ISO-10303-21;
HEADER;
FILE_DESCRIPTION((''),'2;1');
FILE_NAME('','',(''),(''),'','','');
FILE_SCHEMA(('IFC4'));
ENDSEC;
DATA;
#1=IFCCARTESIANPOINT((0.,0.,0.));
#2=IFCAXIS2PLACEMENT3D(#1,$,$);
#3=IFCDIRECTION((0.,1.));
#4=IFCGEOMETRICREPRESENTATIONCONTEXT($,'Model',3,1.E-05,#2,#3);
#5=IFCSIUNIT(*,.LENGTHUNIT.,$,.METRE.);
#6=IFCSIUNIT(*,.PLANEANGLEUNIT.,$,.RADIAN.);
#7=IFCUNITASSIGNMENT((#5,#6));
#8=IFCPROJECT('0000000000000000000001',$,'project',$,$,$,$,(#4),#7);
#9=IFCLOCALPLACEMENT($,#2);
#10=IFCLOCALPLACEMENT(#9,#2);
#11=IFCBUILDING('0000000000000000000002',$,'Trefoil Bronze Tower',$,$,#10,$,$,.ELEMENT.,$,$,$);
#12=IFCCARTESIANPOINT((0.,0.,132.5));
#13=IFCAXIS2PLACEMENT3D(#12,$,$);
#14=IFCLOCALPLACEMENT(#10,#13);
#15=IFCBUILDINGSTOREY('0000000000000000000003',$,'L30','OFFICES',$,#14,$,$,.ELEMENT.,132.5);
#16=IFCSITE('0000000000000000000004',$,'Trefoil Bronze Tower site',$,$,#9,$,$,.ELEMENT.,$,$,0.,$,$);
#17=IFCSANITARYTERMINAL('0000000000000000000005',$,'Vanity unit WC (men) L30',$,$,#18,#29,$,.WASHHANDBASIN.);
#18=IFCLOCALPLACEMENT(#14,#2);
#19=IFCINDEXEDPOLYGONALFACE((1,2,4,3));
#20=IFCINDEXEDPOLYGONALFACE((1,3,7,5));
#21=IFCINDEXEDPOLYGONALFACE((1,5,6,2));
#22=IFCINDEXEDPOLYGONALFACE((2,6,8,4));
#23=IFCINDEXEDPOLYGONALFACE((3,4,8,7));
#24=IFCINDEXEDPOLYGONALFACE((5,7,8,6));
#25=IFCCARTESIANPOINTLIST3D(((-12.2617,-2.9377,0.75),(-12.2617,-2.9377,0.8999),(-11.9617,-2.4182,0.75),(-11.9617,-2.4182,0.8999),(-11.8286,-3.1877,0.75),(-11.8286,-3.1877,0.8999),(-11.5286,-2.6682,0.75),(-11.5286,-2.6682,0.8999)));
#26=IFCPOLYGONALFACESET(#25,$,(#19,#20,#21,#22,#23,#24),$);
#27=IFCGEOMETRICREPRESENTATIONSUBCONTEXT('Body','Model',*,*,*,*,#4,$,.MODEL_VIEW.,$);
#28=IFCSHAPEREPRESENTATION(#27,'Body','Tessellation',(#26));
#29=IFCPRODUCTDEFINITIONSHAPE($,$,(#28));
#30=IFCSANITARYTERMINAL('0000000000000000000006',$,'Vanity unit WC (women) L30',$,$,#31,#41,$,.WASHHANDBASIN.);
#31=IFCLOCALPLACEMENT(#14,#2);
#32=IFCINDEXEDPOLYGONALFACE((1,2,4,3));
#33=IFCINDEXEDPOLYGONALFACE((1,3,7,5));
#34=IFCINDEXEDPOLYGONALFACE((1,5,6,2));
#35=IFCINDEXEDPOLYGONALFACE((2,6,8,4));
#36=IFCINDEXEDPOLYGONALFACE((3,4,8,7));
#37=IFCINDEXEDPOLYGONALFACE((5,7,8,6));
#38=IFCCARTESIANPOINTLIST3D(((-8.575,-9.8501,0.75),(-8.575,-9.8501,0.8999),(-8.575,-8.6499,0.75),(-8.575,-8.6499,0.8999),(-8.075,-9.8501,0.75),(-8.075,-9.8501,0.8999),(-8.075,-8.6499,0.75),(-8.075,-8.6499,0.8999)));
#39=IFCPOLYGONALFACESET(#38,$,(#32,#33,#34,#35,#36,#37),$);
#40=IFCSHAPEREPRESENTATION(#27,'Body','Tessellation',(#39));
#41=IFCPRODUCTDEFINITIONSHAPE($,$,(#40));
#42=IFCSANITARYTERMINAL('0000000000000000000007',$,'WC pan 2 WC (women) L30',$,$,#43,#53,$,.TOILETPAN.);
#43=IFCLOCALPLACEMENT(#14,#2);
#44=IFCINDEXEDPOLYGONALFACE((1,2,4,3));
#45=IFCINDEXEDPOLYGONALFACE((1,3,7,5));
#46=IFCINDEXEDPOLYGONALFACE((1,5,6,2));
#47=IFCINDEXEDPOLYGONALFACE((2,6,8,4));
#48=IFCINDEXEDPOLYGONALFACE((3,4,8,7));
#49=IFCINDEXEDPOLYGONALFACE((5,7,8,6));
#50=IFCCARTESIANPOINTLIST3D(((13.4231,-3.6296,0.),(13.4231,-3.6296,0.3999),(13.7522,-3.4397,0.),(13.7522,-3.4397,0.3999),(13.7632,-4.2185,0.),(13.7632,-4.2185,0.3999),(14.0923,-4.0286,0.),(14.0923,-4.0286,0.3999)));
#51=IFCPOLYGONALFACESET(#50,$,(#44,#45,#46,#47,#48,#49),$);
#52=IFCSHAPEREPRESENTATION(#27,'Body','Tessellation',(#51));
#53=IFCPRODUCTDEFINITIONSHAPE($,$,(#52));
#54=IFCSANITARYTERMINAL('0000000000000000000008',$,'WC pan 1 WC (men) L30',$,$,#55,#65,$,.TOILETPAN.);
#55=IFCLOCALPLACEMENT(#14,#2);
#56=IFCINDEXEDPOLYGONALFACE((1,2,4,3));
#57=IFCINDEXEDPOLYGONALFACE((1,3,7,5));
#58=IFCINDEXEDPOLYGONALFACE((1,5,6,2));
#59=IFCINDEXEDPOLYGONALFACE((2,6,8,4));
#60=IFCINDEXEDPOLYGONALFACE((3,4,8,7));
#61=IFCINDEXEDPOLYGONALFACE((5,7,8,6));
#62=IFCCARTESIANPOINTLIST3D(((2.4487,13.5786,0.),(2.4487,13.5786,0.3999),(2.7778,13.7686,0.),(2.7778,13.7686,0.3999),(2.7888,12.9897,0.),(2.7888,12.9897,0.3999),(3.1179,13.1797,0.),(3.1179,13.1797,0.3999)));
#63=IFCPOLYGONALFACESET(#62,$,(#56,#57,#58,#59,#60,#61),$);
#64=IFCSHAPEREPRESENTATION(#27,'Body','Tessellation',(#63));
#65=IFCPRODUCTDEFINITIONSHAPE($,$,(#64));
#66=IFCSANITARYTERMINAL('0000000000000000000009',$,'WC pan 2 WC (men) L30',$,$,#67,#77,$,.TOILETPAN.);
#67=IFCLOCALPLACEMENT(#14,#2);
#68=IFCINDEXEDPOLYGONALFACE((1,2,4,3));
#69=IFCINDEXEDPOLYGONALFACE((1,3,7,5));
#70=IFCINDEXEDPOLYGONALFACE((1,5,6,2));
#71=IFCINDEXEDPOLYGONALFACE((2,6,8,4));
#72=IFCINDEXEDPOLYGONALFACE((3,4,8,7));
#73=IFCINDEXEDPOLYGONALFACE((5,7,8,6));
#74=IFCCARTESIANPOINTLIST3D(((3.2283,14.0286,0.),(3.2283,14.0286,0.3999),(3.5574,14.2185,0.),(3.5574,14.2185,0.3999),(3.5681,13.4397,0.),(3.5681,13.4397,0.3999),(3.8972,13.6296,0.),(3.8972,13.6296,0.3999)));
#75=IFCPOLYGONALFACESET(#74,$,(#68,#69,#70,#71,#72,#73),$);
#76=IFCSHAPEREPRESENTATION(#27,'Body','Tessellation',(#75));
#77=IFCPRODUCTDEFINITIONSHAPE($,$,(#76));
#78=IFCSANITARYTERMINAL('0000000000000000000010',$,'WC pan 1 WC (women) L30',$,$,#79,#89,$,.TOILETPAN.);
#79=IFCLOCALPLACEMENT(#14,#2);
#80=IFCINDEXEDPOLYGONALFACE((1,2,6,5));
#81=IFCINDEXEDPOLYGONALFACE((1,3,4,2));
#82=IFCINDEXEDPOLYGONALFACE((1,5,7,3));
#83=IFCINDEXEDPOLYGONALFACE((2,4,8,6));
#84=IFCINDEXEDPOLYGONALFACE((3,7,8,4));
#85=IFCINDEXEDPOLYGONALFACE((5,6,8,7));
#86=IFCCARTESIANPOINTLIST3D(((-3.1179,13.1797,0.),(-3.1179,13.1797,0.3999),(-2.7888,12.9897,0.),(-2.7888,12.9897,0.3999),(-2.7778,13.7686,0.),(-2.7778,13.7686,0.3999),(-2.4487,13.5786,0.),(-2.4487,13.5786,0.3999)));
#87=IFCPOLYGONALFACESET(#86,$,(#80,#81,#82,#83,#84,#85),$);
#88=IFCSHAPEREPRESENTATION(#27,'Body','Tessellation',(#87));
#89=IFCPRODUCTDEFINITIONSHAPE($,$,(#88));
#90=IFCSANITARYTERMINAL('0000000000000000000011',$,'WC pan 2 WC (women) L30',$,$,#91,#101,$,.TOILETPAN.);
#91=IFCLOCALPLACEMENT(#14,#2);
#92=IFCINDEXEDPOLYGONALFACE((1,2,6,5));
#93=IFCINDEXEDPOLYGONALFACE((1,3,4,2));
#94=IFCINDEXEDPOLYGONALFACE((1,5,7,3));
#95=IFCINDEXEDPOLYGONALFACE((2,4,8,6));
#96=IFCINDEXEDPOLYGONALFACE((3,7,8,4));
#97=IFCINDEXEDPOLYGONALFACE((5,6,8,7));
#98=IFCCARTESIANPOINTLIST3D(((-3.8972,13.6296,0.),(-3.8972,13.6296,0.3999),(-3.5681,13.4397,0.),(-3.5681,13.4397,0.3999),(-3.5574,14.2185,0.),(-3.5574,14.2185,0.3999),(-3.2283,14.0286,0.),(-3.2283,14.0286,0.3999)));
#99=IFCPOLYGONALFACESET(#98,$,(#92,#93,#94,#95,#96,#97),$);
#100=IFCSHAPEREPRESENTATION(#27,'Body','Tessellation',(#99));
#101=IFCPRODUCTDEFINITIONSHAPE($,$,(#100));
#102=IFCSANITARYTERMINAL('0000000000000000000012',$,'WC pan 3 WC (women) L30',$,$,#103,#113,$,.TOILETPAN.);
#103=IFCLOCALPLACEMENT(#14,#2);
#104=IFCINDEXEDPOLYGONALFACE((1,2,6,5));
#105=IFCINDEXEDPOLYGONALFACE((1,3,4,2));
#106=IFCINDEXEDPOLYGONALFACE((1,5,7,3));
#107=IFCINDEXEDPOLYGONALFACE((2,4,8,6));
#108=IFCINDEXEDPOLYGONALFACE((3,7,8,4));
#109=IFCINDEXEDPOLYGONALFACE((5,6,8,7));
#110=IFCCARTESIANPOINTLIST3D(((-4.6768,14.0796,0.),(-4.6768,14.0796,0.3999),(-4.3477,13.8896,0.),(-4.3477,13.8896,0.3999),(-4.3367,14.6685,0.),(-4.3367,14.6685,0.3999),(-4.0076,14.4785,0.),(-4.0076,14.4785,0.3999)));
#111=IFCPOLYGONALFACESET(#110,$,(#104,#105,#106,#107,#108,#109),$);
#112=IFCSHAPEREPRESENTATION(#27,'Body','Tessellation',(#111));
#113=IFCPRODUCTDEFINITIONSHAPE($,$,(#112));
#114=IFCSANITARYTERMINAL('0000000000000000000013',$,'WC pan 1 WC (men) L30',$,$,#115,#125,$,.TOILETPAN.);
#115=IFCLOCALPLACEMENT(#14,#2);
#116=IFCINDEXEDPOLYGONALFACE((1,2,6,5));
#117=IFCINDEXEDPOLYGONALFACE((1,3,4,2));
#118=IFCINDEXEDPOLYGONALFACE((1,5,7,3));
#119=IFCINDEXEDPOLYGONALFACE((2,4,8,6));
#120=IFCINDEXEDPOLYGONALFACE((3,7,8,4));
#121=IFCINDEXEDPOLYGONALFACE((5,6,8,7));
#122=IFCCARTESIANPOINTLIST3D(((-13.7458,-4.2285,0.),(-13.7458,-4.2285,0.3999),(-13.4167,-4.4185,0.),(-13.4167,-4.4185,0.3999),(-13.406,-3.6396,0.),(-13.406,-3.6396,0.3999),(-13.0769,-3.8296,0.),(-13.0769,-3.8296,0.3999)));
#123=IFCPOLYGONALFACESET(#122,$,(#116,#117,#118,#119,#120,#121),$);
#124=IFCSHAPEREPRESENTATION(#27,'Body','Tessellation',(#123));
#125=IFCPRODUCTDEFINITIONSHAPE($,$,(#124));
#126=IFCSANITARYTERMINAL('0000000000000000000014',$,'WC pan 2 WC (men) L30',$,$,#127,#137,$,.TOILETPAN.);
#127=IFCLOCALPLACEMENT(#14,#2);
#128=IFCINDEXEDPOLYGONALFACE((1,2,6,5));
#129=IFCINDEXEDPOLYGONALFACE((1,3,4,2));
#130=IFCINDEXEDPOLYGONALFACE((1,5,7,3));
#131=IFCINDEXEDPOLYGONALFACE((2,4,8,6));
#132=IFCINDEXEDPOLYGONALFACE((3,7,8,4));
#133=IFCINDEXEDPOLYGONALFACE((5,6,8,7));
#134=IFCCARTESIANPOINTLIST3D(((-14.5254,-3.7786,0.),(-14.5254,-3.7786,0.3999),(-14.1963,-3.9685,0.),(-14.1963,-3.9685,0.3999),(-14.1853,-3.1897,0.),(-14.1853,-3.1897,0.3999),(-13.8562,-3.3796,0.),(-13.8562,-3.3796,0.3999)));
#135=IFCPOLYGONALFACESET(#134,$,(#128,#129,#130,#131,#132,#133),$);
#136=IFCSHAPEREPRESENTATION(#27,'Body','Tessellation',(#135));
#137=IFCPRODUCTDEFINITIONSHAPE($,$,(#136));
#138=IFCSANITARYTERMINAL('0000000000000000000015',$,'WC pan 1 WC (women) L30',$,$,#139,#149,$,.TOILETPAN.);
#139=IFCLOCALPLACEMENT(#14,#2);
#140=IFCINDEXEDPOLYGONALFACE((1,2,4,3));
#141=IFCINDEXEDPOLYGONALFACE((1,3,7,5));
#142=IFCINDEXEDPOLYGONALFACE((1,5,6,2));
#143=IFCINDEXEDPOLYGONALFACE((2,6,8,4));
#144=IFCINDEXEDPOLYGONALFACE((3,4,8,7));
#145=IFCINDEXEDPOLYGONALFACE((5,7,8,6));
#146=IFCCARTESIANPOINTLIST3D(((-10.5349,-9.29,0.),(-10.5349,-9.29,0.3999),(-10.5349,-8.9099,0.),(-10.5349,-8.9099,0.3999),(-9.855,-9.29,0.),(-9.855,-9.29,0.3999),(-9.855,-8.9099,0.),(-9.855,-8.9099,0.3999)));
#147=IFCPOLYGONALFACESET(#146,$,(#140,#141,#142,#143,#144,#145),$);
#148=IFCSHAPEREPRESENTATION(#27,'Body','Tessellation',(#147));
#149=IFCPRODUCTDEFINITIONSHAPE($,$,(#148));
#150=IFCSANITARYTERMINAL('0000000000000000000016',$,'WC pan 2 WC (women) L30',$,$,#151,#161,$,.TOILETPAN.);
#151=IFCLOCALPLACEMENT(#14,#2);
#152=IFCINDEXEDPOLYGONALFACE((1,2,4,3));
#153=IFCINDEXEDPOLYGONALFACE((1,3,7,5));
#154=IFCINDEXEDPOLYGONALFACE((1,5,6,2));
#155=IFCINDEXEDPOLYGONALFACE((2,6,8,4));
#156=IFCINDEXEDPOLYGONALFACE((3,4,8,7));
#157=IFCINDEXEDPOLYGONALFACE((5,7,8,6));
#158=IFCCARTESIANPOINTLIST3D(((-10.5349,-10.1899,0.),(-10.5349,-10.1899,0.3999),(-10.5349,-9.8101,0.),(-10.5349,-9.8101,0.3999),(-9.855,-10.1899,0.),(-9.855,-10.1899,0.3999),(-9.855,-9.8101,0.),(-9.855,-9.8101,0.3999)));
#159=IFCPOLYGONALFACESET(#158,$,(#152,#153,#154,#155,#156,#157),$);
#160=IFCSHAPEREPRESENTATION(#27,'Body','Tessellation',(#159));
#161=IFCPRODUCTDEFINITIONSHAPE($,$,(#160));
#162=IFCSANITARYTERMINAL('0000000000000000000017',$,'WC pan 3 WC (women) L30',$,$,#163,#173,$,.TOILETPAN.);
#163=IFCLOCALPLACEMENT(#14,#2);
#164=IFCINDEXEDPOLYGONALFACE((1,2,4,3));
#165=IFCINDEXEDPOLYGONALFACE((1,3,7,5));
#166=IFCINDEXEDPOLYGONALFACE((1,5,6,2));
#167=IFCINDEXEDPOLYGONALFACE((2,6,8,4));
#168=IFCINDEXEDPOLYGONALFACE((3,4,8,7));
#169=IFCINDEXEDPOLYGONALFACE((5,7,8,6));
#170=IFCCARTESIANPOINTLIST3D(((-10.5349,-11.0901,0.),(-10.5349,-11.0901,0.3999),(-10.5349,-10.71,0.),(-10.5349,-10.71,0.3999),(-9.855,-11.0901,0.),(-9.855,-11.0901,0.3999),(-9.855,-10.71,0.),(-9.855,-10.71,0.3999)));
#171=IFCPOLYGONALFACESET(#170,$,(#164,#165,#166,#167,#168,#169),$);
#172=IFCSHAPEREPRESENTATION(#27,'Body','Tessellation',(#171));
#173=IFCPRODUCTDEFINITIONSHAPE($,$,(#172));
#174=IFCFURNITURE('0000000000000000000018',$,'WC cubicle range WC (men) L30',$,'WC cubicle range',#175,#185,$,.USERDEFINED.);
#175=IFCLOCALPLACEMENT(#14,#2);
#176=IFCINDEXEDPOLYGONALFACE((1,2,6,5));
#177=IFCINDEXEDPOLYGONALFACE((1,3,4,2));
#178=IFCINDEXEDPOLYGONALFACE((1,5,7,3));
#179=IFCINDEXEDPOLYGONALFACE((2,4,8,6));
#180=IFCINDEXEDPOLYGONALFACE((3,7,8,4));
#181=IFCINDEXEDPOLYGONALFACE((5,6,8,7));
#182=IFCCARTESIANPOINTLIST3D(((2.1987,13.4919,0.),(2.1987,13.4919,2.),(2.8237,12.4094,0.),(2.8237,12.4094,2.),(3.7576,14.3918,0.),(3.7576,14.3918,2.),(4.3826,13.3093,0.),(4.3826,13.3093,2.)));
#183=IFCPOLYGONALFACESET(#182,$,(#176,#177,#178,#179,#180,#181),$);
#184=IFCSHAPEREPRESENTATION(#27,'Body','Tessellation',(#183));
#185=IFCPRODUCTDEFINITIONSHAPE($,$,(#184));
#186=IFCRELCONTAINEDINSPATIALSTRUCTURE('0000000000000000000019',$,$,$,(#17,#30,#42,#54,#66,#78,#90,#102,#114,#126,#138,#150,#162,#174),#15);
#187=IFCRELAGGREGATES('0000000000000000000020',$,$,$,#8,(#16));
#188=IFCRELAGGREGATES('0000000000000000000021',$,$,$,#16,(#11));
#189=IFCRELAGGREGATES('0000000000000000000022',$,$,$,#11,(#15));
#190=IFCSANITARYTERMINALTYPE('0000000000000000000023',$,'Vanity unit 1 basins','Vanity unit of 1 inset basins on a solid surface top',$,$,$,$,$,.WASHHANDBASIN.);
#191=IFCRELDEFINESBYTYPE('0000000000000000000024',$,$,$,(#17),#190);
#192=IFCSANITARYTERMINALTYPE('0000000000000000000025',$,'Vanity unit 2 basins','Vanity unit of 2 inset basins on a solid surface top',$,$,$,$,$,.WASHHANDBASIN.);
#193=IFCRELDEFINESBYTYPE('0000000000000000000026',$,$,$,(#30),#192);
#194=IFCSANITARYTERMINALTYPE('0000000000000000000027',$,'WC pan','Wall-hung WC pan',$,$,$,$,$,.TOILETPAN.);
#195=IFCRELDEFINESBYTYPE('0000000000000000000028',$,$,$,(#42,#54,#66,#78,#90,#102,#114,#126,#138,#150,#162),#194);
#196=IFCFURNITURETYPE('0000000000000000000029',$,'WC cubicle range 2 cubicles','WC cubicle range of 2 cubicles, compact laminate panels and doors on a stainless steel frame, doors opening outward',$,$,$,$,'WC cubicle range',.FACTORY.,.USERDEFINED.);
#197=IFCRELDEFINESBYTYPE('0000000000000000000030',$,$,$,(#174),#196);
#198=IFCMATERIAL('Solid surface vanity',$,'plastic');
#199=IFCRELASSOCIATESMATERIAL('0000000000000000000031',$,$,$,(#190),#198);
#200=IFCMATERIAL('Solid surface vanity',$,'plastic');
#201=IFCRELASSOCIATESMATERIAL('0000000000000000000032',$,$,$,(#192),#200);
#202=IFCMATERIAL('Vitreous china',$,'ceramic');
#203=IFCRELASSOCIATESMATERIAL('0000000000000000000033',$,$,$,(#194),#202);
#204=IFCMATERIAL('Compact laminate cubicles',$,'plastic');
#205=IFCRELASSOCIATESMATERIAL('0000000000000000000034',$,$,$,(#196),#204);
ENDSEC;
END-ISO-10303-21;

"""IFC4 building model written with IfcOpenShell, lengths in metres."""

from ifc_helpers import new_model, si_unit, direction, frame, origin, place, context, subcontext, project, spatial, polyline, outline, extrude, material, type_object, element, save


model = new_model("IFC4")

# Units and contexts
model_context = context("Model", 3, precision=1e-05, world=origin(), true_north=direction((0.0, 1.0)))
body_context = subcontext(model_context, "Body", "Model", "MODEL_VIEW")
ifc_project = project(units=[si_unit("LENGTHUNIT", "METRE"), si_unit("PLANEANGLEUNIT", "RADIAN")], contexts=[model_context])

# Site, building, storey
site_placement = place(None, origin())
site = spatial("IfcSite", under=ifc_project, at=site_placement, Name="Trefoil Bronze Tower site", CompositionType="ELEMENT", RefElevation=0.0)
building_placement = place(site_placement, origin())
building = spatial("IfcBuilding", under=site, at=building_placement, Name="Trefoil Bronze Tower", CompositionType="ELEMENT")
storey_placement = place(building_placement, frame((0.0, 0.0, 132.5)))
storey = spatial("IfcBuildingStorey", under=building, at=storey_placement, Name="L30", Description="OFFICES", CompositionType="ELEMENT", Elevation=132.5)

# Sanitary terminals
ifc_material_1 = material(Name="Solid surface vanity", Category="plastic")
sanitary_terminal_type_1 = type_object("IfcSanitaryTerminalType", Name="Vanity unit 1 basins", Description="Vanity unit of 1 inset basins on a solid surface top", PredefinedType="WASHHANDBASIN", material=ifc_material_1)
sanitary_terminal_1_placement = place(storey_placement, frame((0.0, 0.0, 0.75)))
element("IfcSanitaryTerminal", 1, at=sanitary_terminal_1_placement, inside=storey, type_object=sanitary_terminal_type_1, Name="Vanity unit WC (men) L30", PredefinedType="WASHHANDBASIN", context=body_context, shape_type="SweptSolid", body=[
    extrude(outline(polyline([(-11.5286, -2.6682), (-11.8286, -3.1877), (-12.2617, -2.9377), (-11.9617, -2.4182), (-11.5286, -2.6682)])), origin(), (0.0, 0.0, 1.0), 0.1499),
])
ifc_material_2 = material(Name="Solid surface vanity", Category="plastic")
sanitary_terminal_type_2 = type_object("IfcSanitaryTerminalType", Name="Vanity unit 2 basins", Description="Vanity unit of 2 inset basins on a solid surface top", PredefinedType="WASHHANDBASIN", material=ifc_material_2)
sanitary_terminal_2_placement = place(storey_placement, frame((0.0, 0.0, 0.75)))
element("IfcSanitaryTerminal", 2, at=sanitary_terminal_2_placement, inside=storey, type_object=sanitary_terminal_type_2, Name="Vanity unit WC (women) L30", PredefinedType="WASHHANDBASIN", context=body_context, shape_type="SweptSolid", body=[
    extrude(outline(polyline([(-8.075, -8.6499), (-8.575, -8.6499), (-8.575, -9.8501), (-8.075, -9.8501), (-8.075, -8.6499)])), origin(), (0.0, 0.0, 1.0), 0.1499),
])
ifc_material_3 = material(Name="Vitreous china", Category="ceramic")
sanitary_terminal_type_3 = type_object("IfcSanitaryTerminalType", Name="WC pan", Description="Wall-hung WC pan", PredefinedType="TOILETPAN", material=ifc_material_3)
sanitary_terminal_3_placement = place(storey_placement, origin())
element("IfcSanitaryTerminal", 3, at=sanitary_terminal_3_placement, inside=storey, type_object=sanitary_terminal_type_3, Name="WC pan 2 WC (women) L30", PredefinedType="TOILETPAN", context=body_context, shape_type="SweptSolid", body=[
    extrude(outline(polyline([(13.4231, -3.6296), (13.7632, -4.2185), (14.0923, -4.0286), (13.7522, -3.4397), (13.4231, -3.6296)])), origin(), (0.0, 0.0, 1.0), 0.3999),
])
sanitary_terminal_4_placement = place(storey_placement, origin())
element("IfcSanitaryTerminal", 4, at=sanitary_terminal_4_placement, inside=storey, type_object=sanitary_terminal_type_3, Name="WC pan 1 WC (men) L30", PredefinedType="TOILETPAN", context=body_context, shape_type="SweptSolid", body=[
    extrude(outline(polyline([(2.7888, 12.9897), (2.4487, 13.5786), (2.7778, 13.7686), (3.1179, 13.1797), (2.7888, 12.9897)])), origin(), (0.0, 0.0, 1.0), 0.3999),
])
sanitary_terminal_5_placement = place(storey_placement, origin())
element("IfcSanitaryTerminal", 5, at=sanitary_terminal_5_placement, inside=storey, type_object=sanitary_terminal_type_3, Name="WC pan 2 WC (men) L30", PredefinedType="TOILETPAN", context=body_context, shape_type="SweptSolid", body=[
    extrude(outline(polyline([(3.5681, 13.4397), (3.2283, 14.0286), (3.5574, 14.2185), (3.8972, 13.6296), (3.5681, 13.4397)])), origin(), (0.0, 0.0, 1.0), 0.3999),
])
sanitary_terminal_6_placement = place(storey_placement, origin())
element("IfcSanitaryTerminal", 6, at=sanitary_terminal_6_placement, inside=storey, type_object=sanitary_terminal_type_3, Name="WC pan 1 WC (women) L30", PredefinedType="TOILETPAN", context=body_context, shape_type="SweptSolid", body=[
    extrude(outline(polyline([(-2.7888, 12.9897), (-2.4487, 13.5786), (-2.7778, 13.7686), (-3.1179, 13.1797), (-2.7888, 12.9897)])), origin(), (0.0, 0.0, 1.0), 0.3999),
])
sanitary_terminal_7_placement = place(storey_placement, origin())
element("IfcSanitaryTerminal", 7, at=sanitary_terminal_7_placement, inside=storey, type_object=sanitary_terminal_type_3, Name="WC pan 2 WC (women) L30", PredefinedType="TOILETPAN", context=body_context, shape_type="SweptSolid", body=[
    extrude(outline(polyline([(-3.5681, 13.4397), (-3.2283, 14.0286), (-3.5574, 14.2185), (-3.8972, 13.6296), (-3.5681, 13.4397)])), origin(), (0.0, 0.0, 1.0), 0.3999),
])
sanitary_terminal_8_placement = place(storey_placement, origin())
element("IfcSanitaryTerminal", 8, at=sanitary_terminal_8_placement, inside=storey, type_object=sanitary_terminal_type_3, Name="WC pan 3 WC (women) L30", PredefinedType="TOILETPAN", context=body_context, shape_type="SweptSolid", body=[
    extrude(outline(polyline([(-4.3477, 13.8896), (-4.0076, 14.4785), (-4.3367, 14.6685), (-4.6768, 14.0796), (-4.3477, 13.8896)])), origin(), (0.0, 0.0, 1.0), 0.3999),
])
sanitary_terminal_9_placement = place(storey_placement, origin())
element("IfcSanitaryTerminal", 9, at=sanitary_terminal_9_placement, inside=storey, type_object=sanitary_terminal_type_3, Name="WC pan 1 WC (men) L30", PredefinedType="TOILETPAN", context=body_context, shape_type="SweptSolid", body=[
    extrude(outline(polyline([(-13.0769, -3.8296), (-13.4167, -4.4185), (-13.7458, -4.2285), (-13.406, -3.6396), (-13.0769, -3.8296)])), origin(), (0.0, 0.0, 1.0), 0.3999),
])
sanitary_terminal_10_placement = place(storey_placement, origin())
element("IfcSanitaryTerminal", 10, at=sanitary_terminal_10_placement, inside=storey, type_object=sanitary_terminal_type_3, Name="WC pan 2 WC (men) L30", PredefinedType="TOILETPAN", context=body_context, shape_type="SweptSolid", body=[
    extrude(outline(polyline([(-13.8562, -3.3796), (-14.1963, -3.9685), (-14.5254, -3.7786), (-14.1853, -3.1897), (-13.8562, -3.3796)])), origin(), (0.0, 0.0, 1.0), 0.3999),
])
sanitary_terminal_11_placement = place(storey_placement, origin())
element("IfcSanitaryTerminal", 11, at=sanitary_terminal_11_placement, inside=storey, type_object=sanitary_terminal_type_3, Name="WC pan 1 WC (women) L30", PredefinedType="TOILETPAN", context=body_context, shape_type="SweptSolid", body=[
    extrude(outline(polyline([(-9.855, -8.9099), (-10.5349, -8.9099), (-10.5349, -9.29), (-9.855, -9.29), (-9.855, -8.9099)])), origin(), (0.0, 0.0, 1.0), 0.3999),
])
sanitary_terminal_12_placement = place(storey_placement, origin())
element("IfcSanitaryTerminal", 12, at=sanitary_terminal_12_placement, inside=storey, type_object=sanitary_terminal_type_3, Name="WC pan 2 WC (women) L30", PredefinedType="TOILETPAN", context=body_context, shape_type="SweptSolid", body=[
    extrude(outline(polyline([(-9.855, -9.8101), (-10.5349, -9.8101), (-10.5349, -10.1899), (-9.855, -10.1899), (-9.855, -9.8101)])), origin(), (0.0, 0.0, 1.0), 0.3999),
])
sanitary_terminal_13_placement = place(storey_placement, origin())
element("IfcSanitaryTerminal", 13, at=sanitary_terminal_13_placement, inside=storey, type_object=sanitary_terminal_type_3, Name="WC pan 3 WC (women) L30", PredefinedType="TOILETPAN", context=body_context, shape_type="SweptSolid", body=[
    extrude(outline(polyline([(-9.855, -10.71), (-10.5349, -10.71), (-10.5349, -11.0901), (-9.855, -11.0901), (-9.855, -10.71)])), origin(), (0.0, 0.0, 1.0), 0.3999),
])

# Furniture
ifc_material_4 = material(Name="Compact laminate cubicles", Category="plastic")
furniture_type_1 = type_object("IfcFurnitureType", Name="WC cubicle range 2 cubicles", Description="WC cubicle range of 2 cubicles, compact laminate panels and doors on a stainless steel frame, doors opening outward", ElementType="WC cubicle range", AssemblyPlace="FACTORY", PredefinedType="USERDEFINED", material=ifc_material_4)
furniture_1_placement = place(storey_placement, origin())
element("IfcFurniture", 14, at=furniture_1_placement, inside=storey, type_object=furniture_type_1, Name="WC cubicle range WC (men) L30", ObjectType="WC cubicle range", PredefinedType="USERDEFINED", context=body_context, shape_type="SweptSolid", body=[
    extrude(outline(polyline([(2.8237, 12.4094), (2.1987, 13.4919), (3.7576, 14.3918), (4.3826, 13.3093), (2.8237, 12.4094)])), origin(), (0.0, 0.0, 1.0), 2.0),
])

save(model, "model.ifc")
